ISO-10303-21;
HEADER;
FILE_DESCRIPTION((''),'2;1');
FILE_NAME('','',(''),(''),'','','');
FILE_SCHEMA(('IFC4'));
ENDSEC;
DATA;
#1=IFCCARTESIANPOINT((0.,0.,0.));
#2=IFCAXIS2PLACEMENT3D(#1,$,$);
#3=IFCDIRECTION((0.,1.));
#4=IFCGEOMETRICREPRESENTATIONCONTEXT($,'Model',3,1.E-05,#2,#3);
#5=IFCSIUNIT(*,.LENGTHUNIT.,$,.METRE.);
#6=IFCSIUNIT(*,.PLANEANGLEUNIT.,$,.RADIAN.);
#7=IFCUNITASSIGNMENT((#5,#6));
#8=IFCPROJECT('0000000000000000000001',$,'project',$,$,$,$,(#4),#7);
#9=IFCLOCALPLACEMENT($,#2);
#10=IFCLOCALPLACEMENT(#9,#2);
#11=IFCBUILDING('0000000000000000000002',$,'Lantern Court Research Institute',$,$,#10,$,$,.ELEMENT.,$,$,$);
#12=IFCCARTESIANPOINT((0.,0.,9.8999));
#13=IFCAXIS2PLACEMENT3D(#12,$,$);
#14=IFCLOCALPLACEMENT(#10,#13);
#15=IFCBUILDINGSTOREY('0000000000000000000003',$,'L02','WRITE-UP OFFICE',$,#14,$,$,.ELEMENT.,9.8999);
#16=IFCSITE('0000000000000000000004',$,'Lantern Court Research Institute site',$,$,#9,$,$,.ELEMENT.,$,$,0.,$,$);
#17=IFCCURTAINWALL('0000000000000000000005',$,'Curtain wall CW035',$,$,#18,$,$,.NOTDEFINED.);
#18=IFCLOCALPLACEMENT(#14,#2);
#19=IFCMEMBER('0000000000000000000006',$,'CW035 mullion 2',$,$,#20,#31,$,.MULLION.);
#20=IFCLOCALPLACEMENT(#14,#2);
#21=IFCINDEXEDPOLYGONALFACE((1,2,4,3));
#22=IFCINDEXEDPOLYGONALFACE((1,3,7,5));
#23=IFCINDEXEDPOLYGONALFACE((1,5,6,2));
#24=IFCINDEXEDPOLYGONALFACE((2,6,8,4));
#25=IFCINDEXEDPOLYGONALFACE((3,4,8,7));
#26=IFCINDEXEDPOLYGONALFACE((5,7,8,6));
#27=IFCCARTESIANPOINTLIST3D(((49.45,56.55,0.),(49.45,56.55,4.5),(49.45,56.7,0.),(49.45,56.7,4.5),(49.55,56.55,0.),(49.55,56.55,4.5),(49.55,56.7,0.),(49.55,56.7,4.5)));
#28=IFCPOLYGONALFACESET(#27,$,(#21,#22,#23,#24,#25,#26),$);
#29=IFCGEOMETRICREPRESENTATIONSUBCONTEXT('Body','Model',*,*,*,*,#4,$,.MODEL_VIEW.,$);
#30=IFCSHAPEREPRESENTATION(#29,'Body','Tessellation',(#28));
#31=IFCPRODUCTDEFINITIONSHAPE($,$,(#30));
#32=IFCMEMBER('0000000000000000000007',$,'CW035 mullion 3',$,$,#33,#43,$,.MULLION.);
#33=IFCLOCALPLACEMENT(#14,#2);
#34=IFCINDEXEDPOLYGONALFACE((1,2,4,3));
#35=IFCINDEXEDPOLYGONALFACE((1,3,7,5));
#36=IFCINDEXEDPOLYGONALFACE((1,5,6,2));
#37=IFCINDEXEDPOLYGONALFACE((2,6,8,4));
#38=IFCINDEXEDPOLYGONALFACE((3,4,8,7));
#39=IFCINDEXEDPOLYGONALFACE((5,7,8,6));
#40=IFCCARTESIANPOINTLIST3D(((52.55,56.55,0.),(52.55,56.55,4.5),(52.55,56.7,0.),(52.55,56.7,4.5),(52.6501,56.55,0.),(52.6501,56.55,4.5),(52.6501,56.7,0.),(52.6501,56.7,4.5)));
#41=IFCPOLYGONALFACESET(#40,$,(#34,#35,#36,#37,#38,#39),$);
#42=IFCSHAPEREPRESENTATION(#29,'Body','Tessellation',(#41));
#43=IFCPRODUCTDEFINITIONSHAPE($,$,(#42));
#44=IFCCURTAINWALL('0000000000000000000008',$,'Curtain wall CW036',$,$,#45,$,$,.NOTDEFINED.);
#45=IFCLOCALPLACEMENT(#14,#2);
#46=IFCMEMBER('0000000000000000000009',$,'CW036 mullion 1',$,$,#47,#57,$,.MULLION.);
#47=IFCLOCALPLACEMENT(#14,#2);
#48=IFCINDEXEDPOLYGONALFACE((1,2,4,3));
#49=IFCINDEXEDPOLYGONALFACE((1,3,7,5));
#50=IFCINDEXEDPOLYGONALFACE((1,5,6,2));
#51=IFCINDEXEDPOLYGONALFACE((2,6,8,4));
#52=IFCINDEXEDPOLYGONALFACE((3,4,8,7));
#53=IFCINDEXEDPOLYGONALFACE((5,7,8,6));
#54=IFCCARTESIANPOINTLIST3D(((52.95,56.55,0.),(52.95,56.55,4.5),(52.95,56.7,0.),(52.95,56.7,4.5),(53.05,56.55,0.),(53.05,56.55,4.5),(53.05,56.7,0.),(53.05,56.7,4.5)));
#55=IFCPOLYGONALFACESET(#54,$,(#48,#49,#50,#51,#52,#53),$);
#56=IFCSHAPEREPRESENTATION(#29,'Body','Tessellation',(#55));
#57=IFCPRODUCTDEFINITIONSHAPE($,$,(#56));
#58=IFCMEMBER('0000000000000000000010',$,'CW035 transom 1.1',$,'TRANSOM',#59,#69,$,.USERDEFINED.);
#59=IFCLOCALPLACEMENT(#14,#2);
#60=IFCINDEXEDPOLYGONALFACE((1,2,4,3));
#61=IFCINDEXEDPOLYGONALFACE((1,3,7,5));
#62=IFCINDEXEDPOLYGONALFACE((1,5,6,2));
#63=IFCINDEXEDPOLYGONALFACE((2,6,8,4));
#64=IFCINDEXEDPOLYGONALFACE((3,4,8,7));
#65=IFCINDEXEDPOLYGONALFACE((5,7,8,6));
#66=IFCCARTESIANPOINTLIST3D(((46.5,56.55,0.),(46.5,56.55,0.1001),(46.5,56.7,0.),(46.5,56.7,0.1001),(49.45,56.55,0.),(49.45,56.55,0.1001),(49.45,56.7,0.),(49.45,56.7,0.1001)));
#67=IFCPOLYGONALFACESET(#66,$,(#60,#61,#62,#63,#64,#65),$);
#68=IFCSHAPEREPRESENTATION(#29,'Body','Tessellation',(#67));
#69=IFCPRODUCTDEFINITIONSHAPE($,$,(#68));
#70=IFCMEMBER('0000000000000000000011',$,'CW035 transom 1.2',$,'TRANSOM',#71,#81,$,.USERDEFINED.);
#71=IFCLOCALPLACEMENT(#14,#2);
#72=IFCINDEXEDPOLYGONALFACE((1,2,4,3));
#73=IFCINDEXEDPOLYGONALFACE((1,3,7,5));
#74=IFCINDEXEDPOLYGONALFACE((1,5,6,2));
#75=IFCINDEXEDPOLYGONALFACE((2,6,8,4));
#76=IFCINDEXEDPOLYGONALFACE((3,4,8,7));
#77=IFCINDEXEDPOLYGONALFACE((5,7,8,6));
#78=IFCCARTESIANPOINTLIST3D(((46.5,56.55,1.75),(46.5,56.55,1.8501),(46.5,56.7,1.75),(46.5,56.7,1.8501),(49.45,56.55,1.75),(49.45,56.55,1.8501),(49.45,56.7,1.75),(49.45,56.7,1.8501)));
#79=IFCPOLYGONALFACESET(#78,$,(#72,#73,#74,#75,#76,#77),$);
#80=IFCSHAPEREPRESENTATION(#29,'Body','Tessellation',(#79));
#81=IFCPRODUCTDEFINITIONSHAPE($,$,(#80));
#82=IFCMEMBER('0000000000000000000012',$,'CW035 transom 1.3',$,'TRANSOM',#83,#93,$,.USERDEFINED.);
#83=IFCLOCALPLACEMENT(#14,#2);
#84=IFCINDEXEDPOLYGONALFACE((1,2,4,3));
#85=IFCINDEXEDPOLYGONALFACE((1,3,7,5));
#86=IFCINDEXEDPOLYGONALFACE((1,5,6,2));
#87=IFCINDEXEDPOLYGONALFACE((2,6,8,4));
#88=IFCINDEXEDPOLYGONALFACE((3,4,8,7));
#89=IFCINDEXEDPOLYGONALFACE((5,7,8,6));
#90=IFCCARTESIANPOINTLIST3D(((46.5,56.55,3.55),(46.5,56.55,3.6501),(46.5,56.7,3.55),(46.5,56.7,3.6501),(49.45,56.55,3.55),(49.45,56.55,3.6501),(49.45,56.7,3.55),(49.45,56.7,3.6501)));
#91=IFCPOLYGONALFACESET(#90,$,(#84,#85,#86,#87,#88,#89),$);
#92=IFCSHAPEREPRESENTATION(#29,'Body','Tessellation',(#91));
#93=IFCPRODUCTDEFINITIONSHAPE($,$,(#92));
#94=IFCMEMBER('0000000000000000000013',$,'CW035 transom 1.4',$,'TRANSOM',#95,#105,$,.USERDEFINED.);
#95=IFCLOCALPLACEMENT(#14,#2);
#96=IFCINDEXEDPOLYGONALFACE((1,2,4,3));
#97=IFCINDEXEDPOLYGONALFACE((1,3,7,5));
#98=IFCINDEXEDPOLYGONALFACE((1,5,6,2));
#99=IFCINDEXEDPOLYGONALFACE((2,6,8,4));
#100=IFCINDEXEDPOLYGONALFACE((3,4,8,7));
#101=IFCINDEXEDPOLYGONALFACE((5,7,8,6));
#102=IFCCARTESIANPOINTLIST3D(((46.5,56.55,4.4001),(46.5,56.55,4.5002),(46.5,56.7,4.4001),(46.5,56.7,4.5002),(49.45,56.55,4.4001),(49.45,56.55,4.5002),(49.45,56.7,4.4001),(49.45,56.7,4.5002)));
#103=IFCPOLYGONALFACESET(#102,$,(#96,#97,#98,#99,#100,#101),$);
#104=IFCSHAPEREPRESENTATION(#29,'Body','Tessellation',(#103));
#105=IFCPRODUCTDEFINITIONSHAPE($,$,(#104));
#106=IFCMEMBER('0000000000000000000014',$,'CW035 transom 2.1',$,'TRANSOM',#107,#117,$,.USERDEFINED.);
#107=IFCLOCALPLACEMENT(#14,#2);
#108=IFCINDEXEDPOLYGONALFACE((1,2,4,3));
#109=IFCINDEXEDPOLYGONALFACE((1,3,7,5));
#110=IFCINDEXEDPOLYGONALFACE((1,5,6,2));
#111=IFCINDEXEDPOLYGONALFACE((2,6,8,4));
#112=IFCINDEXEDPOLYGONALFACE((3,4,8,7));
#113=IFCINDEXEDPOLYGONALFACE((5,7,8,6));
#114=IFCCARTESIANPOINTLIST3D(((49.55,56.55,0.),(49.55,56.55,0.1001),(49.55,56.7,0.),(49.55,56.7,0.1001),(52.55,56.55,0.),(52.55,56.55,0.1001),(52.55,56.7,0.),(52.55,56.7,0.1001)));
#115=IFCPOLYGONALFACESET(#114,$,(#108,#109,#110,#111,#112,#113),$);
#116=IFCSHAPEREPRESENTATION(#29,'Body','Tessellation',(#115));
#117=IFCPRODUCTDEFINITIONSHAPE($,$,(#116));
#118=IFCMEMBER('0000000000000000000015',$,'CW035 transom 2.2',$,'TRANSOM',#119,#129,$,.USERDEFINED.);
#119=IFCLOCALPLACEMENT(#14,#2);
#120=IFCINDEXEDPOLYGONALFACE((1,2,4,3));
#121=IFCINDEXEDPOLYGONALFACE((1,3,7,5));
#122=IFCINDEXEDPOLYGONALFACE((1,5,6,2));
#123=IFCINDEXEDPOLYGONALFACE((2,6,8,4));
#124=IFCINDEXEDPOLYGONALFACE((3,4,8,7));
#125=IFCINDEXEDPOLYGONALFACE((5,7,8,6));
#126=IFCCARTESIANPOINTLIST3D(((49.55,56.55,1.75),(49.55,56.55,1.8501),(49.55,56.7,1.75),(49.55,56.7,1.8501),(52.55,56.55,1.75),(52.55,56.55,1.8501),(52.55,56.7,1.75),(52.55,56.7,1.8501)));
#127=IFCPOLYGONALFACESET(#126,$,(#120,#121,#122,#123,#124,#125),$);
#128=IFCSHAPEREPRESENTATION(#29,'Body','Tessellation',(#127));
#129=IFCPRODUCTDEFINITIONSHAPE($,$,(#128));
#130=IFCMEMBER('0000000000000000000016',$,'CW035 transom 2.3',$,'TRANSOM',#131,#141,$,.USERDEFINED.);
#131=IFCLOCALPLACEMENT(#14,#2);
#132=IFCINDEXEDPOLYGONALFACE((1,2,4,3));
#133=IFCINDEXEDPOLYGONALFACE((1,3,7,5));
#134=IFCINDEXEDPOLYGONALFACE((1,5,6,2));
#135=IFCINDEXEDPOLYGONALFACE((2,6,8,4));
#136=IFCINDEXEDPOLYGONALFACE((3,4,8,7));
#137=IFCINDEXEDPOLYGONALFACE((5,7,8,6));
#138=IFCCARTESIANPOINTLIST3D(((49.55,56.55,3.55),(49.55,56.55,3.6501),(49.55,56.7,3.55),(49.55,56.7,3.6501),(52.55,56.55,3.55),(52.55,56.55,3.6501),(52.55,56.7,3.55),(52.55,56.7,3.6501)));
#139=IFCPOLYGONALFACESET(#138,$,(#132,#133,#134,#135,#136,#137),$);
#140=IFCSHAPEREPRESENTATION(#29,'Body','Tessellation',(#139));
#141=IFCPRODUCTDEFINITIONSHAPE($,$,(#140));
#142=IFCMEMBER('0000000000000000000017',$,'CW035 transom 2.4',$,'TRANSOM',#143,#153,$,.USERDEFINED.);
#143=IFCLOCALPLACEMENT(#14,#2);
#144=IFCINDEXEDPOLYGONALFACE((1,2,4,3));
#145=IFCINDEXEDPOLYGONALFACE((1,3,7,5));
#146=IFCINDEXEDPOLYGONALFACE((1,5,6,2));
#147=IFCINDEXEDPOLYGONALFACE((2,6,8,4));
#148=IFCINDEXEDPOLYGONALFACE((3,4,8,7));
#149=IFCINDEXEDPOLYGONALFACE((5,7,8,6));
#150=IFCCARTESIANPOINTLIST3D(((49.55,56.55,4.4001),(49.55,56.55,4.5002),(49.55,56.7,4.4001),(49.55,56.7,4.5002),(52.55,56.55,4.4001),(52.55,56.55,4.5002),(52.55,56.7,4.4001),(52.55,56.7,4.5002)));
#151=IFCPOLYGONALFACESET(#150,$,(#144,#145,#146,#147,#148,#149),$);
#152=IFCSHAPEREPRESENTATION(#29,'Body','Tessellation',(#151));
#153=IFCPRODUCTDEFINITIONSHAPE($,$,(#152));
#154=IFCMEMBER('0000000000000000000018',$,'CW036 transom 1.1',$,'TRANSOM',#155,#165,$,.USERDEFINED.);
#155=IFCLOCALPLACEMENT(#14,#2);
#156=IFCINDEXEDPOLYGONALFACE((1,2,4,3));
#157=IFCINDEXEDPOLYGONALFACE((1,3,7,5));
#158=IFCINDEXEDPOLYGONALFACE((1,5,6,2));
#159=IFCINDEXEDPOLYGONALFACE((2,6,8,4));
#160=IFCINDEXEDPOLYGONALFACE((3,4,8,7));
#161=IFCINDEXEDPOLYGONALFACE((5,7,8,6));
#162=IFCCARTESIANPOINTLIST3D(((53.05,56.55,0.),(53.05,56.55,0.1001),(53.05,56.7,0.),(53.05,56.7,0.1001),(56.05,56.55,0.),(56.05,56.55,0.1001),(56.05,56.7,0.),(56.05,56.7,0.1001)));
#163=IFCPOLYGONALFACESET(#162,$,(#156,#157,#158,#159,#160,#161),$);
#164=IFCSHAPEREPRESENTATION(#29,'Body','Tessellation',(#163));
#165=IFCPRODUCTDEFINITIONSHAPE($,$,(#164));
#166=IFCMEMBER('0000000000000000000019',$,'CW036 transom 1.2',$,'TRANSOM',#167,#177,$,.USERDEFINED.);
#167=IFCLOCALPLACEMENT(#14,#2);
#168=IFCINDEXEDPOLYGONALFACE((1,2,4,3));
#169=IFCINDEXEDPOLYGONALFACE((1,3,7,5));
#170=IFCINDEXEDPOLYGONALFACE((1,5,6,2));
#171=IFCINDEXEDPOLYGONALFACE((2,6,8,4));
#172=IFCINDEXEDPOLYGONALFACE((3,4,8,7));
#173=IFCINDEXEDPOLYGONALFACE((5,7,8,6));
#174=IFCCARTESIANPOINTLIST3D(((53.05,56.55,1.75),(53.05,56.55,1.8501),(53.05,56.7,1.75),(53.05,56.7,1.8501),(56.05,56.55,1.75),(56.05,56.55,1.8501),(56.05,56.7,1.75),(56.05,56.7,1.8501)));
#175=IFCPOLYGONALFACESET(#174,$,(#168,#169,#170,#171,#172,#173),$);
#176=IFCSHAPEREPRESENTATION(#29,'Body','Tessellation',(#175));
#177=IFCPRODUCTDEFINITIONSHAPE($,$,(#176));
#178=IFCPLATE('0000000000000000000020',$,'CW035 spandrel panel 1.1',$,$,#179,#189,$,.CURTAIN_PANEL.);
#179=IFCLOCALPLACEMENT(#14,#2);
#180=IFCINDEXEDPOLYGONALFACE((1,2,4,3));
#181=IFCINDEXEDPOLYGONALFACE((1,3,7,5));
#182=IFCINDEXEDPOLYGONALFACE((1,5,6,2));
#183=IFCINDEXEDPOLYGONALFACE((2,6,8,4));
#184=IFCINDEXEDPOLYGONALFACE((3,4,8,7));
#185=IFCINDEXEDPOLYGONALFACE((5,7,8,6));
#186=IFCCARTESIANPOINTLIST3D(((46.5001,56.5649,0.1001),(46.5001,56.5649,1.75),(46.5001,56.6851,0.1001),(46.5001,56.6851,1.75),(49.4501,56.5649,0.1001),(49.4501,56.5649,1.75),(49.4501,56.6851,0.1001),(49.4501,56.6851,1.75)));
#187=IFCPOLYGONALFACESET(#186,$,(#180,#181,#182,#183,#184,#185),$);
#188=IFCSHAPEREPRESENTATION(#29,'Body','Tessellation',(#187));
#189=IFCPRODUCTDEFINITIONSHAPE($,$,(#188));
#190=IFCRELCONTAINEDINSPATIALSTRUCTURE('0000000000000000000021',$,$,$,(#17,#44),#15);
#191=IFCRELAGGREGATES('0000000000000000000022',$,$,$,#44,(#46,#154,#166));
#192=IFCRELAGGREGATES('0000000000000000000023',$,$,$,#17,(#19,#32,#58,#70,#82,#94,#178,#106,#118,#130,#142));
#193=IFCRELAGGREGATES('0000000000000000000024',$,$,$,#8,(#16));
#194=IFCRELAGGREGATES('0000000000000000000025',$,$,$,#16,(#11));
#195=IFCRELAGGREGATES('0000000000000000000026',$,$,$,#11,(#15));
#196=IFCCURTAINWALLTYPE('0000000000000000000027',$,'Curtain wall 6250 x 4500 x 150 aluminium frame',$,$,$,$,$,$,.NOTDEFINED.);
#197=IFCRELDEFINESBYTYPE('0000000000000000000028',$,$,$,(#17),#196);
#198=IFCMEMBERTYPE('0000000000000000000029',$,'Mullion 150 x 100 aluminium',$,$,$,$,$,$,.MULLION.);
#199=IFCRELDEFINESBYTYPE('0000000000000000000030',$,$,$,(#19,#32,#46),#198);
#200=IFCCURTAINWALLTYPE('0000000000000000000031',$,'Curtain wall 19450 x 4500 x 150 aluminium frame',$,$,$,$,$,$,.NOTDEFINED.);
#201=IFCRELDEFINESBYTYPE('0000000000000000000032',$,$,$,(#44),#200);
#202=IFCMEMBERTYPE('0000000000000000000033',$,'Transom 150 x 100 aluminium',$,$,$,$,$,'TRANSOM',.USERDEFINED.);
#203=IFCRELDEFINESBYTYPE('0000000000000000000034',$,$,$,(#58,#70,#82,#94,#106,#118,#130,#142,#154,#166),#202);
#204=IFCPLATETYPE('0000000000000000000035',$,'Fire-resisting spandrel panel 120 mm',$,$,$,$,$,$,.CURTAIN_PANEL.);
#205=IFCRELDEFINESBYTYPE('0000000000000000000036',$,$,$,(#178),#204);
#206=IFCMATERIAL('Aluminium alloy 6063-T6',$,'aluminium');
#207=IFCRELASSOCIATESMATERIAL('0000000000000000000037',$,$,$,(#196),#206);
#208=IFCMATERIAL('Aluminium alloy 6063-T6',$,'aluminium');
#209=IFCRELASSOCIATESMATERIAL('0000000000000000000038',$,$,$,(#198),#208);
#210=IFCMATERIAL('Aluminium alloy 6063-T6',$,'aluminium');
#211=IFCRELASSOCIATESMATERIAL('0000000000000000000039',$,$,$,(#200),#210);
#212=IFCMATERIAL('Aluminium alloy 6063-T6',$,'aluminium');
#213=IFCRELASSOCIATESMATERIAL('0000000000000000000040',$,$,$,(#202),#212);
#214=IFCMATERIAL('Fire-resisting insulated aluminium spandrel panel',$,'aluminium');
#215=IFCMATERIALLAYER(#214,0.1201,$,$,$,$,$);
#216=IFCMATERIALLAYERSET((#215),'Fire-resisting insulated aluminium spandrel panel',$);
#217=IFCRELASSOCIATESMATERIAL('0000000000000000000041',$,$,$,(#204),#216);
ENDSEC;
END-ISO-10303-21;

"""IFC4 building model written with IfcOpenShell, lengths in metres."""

from ifc_helpers import new_model, si_unit, direction, frame, origin, origin_2d, place, context, subcontext, project, spatial, rectangle, extrude, material, layer, layer_set, material_profile, profile_set, type_object, element, aggregate, save


model = new_model("IFC4")

# Units and contexts
model_context = context("Model", 3, precision=1e-05, world=origin(), true_north=direction((0.0, 1.0)))
body_context = subcontext(model_context, "Body", "Model", "MODEL_VIEW")
ifc_project = project(units=[si_unit("LENGTHUNIT", "METRE"), si_unit("PLANEANGLEUNIT", "RADIAN")], contexts=[model_context])

# Site, building, storey
site_placement = place(None, origin())
site = spatial("IfcSite", under=ifc_project, at=site_placement, Name="Lantern Court Research Institute site", CompositionType="ELEMENT", RefElevation=0.0)
building_placement = place(site_placement, origin())
building = spatial("IfcBuilding", under=site, at=building_placement, Name="Lantern Court Research Institute", CompositionType="ELEMENT")
storey_placement = place(building_placement, frame((0.0, 0.0, 9.8999)))
storey = spatial("IfcBuildingStorey", under=building, at=storey_placement, Name="L02", Description="WRITE-UP OFFICE", CompositionType="ELEMENT", Elevation=9.8999)

# Curtain wall, members
ifc_material_1 = material(Name="Aluminium alloy 6063-T6", Category="aluminium")
curtain_wall_type_1 = type_object("IfcCurtainWallType", Name="Curtain wall 6250 x 4500 x 150 aluminium frame", PredefinedType="NOTDEFINED", material=ifc_material_1)
curtain_wall_1_placement = place(storey_placement, origin())
curtain_wall_1 = element("IfcCurtainWall", 1, at=curtain_wall_1_placement, inside=storey, type_object=curtain_wall_type_1, Name="Curtain wall CW035", PredefinedType="NOTDEFINED")
ifc_material_2 = material(Name="Aluminium alloy 6063-T6", Category="aluminium")
ifc_material_profile_1 = material_profile(ifc_material_2, rectangle(XDim=0.1499, YDim=0.1001, at=origin_2d()), Name="Mullion 150 x 100")
ifc_profile_set_1 = profile_set([ifc_material_profile_1], Name="Aluminium alloy 6063-T6")
member_type_1 = type_object("IfcMemberType", Name="Mullion 150 x 100 aluminium", PredefinedType="MULLION", material=ifc_profile_set_1)
member_1_placement = place(storey_placement, frame((49.5, 56.625, 0.0), z_axis=(0.0, 0.0, 1.0), x_axis=(0.0, 1.0, 0.0)))
member_1 = element("IfcMember", 2, at=member_1_placement, type_object=member_type_1, Name="CW035 mullion 2", PredefinedType="MULLION", context=body_context, shape_type="SweptSolid", body=[
    extrude(rectangle(XDim=0.1499, YDim=0.1001, at=origin_2d()), origin(), (0.0, 0.0, 1.0), 4.5),
])
member_2_placement = place(storey_placement, frame((52.6001, 56.625, 0.0), z_axis=(0.0, 0.0, 1.0), x_axis=(0.0, 1.0, 0.0)))
member_2 = element("IfcMember", 3, at=member_2_placement, type_object=member_type_1, Name="CW035 mullion 3", PredefinedType="MULLION", context=body_context, shape_type="SweptSolid", body=[
    extrude(rectangle(XDim=0.1499, YDim=0.1001, at=origin_2d()), origin(), (0.0, 0.0, 1.0), 4.5),
])

# Curtain wall, member
ifc_material_3 = material(Name="Aluminium alloy 6063-T6", Category="aluminium")
curtain_wall_type_2 = type_object("IfcCurtainWallType", Name="Curtain wall 19450 x 4500 x 150 aluminium frame", PredefinedType="NOTDEFINED", material=ifc_material_3)
curtain_wall_2_placement = place(storey_placement, origin())
curtain_wall_2 = element("IfcCurtainWall", 4, at=curtain_wall_2_placement, inside=storey, type_object=curtain_wall_type_2, Name="Curtain wall CW036", PredefinedType="NOTDEFINED")
member_3_placement = place(storey_placement, frame((53.0, 56.625, 0.0), z_axis=(0.0, 0.0, 1.0), x_axis=(0.0, 1.0, 0.0)))
member_3 = element("IfcMember", 5, at=member_3_placement, type_object=member_type_1, Name="CW036 mullion 1", PredefinedType="MULLION", context=body_context, shape_type="SweptSolid", body=[
    extrude(rectangle(XDim=0.1499, YDim=0.1001, at=origin_2d()), origin(), (0.0, 0.0, 1.0), 4.5),
])

# Members
ifc_material_4 = material(Name="Aluminium alloy 6063-T6", Category="aluminium")
ifc_material_profile_2 = material_profile(ifc_material_4, rectangle(XDim=0.1499, YDim=0.1001, at=origin_2d()), Name="Transom 150 x 100")
ifc_profile_set_2 = profile_set([ifc_material_profile_2], Name="Aluminium alloy 6063-T6")
member_type_2 = type_object("IfcMemberType", Name="Transom 150 x 100 aluminium", ElementType="TRANSOM", PredefinedType="USERDEFINED", material=ifc_profile_set_2)
member_4_placement = place(storey_placement, frame((46.5, 56.625, 0.05), z_axis=(1.0, 0.0, 0.0), x_axis=(0.0, 1.0, 0.0)))
member_4 = element("IfcMember", 6, at=member_4_placement, type_object=member_type_2, Name="CW035 transom 1.1", ObjectType="TRANSOM", PredefinedType="USERDEFINED", context=body_context, shape_type="SweptSolid", body=[
    extrude(rectangle(XDim=0.1499, YDim=0.1001, at=origin_2d()), origin(), (0.0, 0.0, 1.0), 2.95),
])
member_5_placement = place(storey_placement, frame((46.5, 56.625, 1.8), z_axis=(1.0, 0.0, 0.0), x_axis=(0.0, 1.0, 0.0)))
member_5 = element("IfcMember", 7, at=member_5_placement, type_object=member_type_2, Name="CW035 transom 1.2", ObjectType="TRANSOM", PredefinedType="USERDEFINED", context=body_context, shape_type="SweptSolid", body=[
    extrude(rectangle(XDim=0.1499, YDim=0.1001, at=origin_2d()), origin(), (0.0, 0.0, 1.0), 2.95),
])
member_6_placement = place(storey_placement, frame((46.5, 56.625, 3.6001), z_axis=(1.0, 0.0, 0.0), x_axis=(0.0, 1.0, 0.0)))
member_6 = element("IfcMember", 8, at=member_6_placement, type_object=member_type_2, Name="CW035 transom 1.3", ObjectType="TRANSOM", PredefinedType="USERDEFINED", context=body_context, shape_type="SweptSolid", body=[
    extrude(rectangle(XDim=0.1499, YDim=0.1001, at=origin_2d()), origin(), (0.0, 0.0, 1.0), 2.95),
])
member_7_placement = place(storey_placement, frame((46.5, 56.625, 4.4502), z_axis=(1.0, 0.0, 0.0), x_axis=(0.0, 1.0, 0.0)))
member_7 = element("IfcMember", 9, at=member_7_placement, type_object=member_type_2, Name="CW035 transom 1.4", ObjectType="TRANSOM", PredefinedType="USERDEFINED", context=body_context, shape_type="SweptSolid", body=[
    extrude(rectangle(XDim=0.1499, YDim=0.1001, at=origin_2d()), origin(), (0.0, 0.0, 1.0), 2.95),
])
member_8_placement = place(storey_placement, frame((49.55, 56.625, 0.05), z_axis=(1.0, 0.0, 0.0), x_axis=(0.0, 1.0, 0.0)))
member_8 = element("IfcMember", 10, at=member_8_placement, type_object=member_type_2, Name="CW035 transom 2.1", ObjectType="TRANSOM", PredefinedType="USERDEFINED", context=body_context, shape_type="SweptSolid", body=[
    extrude(rectangle(XDim=0.1499, YDim=0.1001, at=origin_2d()), origin(), (0.0, 0.0, 1.0), 3.0),
])
member_9_placement = place(storey_placement, frame((49.55, 56.625, 1.8), z_axis=(1.0, 0.0, 0.0), x_axis=(0.0, 1.0, 0.0)))
member_9 = element("IfcMember", 11, at=member_9_placement, type_object=member_type_2, Name="CW035 transom 2.2", ObjectType="TRANSOM", PredefinedType="USERDEFINED", context=body_context, shape_type="SweptSolid", body=[
    extrude(rectangle(XDim=0.1499, YDim=0.1001, at=origin_2d()), origin(), (0.0, 0.0, 1.0), 3.0),
])
member_10_placement = place(storey_placement, frame((49.55, 56.625, 3.6001), z_axis=(1.0, 0.0, 0.0), x_axis=(0.0, 1.0, 0.0)))
member_10 = element("IfcMember", 12, at=member_10_placement, type_object=member_type_2, Name="CW035 transom 2.3", ObjectType="TRANSOM", PredefinedType="USERDEFINED", context=body_context, shape_type="SweptSolid", body=[
    extrude(rectangle(XDim=0.1499, YDim=0.1001, at=origin_2d()), origin(), (0.0, 0.0, 1.0), 3.0),
])
member_11_placement = place(storey_placement, frame((49.55, 56.625, 4.4502), z_axis=(1.0, 0.0, 0.0), x_axis=(0.0, 1.0, 0.0)))
member_11 = element("IfcMember", 13, at=member_11_placement, type_object=member_type_2, Name="CW035 transom 2.4", ObjectType="TRANSOM", PredefinedType="USERDEFINED", context=body_context, shape_type="SweptSolid", body=[
    extrude(rectangle(XDim=0.1499, YDim=0.1001, at=origin_2d()), origin(), (0.0, 0.0, 1.0), 3.0),
])
member_12_placement = place(storey_placement, frame((53.05, 56.625, 0.05), z_axis=(1.0, 0.0, 0.0), x_axis=(0.0, 1.0, 0.0)))
member_12 = element("IfcMember", 14, at=member_12_placement, type_object=member_type_2, Name="CW036 transom 1.1", ObjectType="TRANSOM", PredefinedType="USERDEFINED", context=body_context, shape_type="SweptSolid", body=[
    extrude(rectangle(XDim=0.1499, YDim=0.1001, at=origin_2d()), origin(), (0.0, 0.0, 1.0), 3.0),
])
member_13_placement = place(storey_placement, frame((53.05, 56.625, 1.8), z_axis=(1.0, 0.0, 0.0), x_axis=(0.0, 1.0, 0.0)))
member_13 = element("IfcMember", 15, at=member_13_placement, type_object=member_type_2, Name="CW036 transom 1.2", ObjectType="TRANSOM", PredefinedType="USERDEFINED", context=body_context, shape_type="SweptSolid", body=[
    extrude(rectangle(XDim=0.1499, YDim=0.1001, at=origin_2d()), origin(), (0.0, 0.0, 1.0), 3.0),
])
aggregate(curtain_wall_2, [member_3, member_12, member_13])

# Plate
ifc_material_5 = material(Name="Fire-resisting insulated aluminium spandrel panel", Category="aluminium")
ifc_layer_1 = layer(ifc_material_5, 0.1201)
ifc_layer_set_1 = layer_set([ifc_layer_1], Name="Fire-resisting insulated aluminium spandrel panel")
plate_type_1 = type_object("IfcPlateType", Name="Fire-resisting spandrel panel 120 mm", PredefinedType="CURTAIN_PANEL", material=ifc_layer_set_1)
plate_1_placement = place(storey_placement, frame((47.9751, 56.625, 0.1001), z_axis=(0.0, 0.0, 1.0), x_axis=(1.0, 0.0, 0.0)))
plate_1 = element("IfcPlate", 16, at=plate_1_placement, type_object=plate_type_1, Name="CW035 spandrel panel 1.1", PredefinedType="CURTAIN_PANEL", context=body_context, shape_type="SweptSolid", body=[
    extrude(rectangle(XDim=2.95, YDim=0.1201, at=origin_2d()), origin(), (0.0, 0.0, 1.0), 1.6499),
])
aggregate(curtain_wall_1, [member_1, member_2, member_4, member_5, member_6, member_7, plate_1, member_8, member_9, member_10, member_11])

save(model, "model.ifc")
